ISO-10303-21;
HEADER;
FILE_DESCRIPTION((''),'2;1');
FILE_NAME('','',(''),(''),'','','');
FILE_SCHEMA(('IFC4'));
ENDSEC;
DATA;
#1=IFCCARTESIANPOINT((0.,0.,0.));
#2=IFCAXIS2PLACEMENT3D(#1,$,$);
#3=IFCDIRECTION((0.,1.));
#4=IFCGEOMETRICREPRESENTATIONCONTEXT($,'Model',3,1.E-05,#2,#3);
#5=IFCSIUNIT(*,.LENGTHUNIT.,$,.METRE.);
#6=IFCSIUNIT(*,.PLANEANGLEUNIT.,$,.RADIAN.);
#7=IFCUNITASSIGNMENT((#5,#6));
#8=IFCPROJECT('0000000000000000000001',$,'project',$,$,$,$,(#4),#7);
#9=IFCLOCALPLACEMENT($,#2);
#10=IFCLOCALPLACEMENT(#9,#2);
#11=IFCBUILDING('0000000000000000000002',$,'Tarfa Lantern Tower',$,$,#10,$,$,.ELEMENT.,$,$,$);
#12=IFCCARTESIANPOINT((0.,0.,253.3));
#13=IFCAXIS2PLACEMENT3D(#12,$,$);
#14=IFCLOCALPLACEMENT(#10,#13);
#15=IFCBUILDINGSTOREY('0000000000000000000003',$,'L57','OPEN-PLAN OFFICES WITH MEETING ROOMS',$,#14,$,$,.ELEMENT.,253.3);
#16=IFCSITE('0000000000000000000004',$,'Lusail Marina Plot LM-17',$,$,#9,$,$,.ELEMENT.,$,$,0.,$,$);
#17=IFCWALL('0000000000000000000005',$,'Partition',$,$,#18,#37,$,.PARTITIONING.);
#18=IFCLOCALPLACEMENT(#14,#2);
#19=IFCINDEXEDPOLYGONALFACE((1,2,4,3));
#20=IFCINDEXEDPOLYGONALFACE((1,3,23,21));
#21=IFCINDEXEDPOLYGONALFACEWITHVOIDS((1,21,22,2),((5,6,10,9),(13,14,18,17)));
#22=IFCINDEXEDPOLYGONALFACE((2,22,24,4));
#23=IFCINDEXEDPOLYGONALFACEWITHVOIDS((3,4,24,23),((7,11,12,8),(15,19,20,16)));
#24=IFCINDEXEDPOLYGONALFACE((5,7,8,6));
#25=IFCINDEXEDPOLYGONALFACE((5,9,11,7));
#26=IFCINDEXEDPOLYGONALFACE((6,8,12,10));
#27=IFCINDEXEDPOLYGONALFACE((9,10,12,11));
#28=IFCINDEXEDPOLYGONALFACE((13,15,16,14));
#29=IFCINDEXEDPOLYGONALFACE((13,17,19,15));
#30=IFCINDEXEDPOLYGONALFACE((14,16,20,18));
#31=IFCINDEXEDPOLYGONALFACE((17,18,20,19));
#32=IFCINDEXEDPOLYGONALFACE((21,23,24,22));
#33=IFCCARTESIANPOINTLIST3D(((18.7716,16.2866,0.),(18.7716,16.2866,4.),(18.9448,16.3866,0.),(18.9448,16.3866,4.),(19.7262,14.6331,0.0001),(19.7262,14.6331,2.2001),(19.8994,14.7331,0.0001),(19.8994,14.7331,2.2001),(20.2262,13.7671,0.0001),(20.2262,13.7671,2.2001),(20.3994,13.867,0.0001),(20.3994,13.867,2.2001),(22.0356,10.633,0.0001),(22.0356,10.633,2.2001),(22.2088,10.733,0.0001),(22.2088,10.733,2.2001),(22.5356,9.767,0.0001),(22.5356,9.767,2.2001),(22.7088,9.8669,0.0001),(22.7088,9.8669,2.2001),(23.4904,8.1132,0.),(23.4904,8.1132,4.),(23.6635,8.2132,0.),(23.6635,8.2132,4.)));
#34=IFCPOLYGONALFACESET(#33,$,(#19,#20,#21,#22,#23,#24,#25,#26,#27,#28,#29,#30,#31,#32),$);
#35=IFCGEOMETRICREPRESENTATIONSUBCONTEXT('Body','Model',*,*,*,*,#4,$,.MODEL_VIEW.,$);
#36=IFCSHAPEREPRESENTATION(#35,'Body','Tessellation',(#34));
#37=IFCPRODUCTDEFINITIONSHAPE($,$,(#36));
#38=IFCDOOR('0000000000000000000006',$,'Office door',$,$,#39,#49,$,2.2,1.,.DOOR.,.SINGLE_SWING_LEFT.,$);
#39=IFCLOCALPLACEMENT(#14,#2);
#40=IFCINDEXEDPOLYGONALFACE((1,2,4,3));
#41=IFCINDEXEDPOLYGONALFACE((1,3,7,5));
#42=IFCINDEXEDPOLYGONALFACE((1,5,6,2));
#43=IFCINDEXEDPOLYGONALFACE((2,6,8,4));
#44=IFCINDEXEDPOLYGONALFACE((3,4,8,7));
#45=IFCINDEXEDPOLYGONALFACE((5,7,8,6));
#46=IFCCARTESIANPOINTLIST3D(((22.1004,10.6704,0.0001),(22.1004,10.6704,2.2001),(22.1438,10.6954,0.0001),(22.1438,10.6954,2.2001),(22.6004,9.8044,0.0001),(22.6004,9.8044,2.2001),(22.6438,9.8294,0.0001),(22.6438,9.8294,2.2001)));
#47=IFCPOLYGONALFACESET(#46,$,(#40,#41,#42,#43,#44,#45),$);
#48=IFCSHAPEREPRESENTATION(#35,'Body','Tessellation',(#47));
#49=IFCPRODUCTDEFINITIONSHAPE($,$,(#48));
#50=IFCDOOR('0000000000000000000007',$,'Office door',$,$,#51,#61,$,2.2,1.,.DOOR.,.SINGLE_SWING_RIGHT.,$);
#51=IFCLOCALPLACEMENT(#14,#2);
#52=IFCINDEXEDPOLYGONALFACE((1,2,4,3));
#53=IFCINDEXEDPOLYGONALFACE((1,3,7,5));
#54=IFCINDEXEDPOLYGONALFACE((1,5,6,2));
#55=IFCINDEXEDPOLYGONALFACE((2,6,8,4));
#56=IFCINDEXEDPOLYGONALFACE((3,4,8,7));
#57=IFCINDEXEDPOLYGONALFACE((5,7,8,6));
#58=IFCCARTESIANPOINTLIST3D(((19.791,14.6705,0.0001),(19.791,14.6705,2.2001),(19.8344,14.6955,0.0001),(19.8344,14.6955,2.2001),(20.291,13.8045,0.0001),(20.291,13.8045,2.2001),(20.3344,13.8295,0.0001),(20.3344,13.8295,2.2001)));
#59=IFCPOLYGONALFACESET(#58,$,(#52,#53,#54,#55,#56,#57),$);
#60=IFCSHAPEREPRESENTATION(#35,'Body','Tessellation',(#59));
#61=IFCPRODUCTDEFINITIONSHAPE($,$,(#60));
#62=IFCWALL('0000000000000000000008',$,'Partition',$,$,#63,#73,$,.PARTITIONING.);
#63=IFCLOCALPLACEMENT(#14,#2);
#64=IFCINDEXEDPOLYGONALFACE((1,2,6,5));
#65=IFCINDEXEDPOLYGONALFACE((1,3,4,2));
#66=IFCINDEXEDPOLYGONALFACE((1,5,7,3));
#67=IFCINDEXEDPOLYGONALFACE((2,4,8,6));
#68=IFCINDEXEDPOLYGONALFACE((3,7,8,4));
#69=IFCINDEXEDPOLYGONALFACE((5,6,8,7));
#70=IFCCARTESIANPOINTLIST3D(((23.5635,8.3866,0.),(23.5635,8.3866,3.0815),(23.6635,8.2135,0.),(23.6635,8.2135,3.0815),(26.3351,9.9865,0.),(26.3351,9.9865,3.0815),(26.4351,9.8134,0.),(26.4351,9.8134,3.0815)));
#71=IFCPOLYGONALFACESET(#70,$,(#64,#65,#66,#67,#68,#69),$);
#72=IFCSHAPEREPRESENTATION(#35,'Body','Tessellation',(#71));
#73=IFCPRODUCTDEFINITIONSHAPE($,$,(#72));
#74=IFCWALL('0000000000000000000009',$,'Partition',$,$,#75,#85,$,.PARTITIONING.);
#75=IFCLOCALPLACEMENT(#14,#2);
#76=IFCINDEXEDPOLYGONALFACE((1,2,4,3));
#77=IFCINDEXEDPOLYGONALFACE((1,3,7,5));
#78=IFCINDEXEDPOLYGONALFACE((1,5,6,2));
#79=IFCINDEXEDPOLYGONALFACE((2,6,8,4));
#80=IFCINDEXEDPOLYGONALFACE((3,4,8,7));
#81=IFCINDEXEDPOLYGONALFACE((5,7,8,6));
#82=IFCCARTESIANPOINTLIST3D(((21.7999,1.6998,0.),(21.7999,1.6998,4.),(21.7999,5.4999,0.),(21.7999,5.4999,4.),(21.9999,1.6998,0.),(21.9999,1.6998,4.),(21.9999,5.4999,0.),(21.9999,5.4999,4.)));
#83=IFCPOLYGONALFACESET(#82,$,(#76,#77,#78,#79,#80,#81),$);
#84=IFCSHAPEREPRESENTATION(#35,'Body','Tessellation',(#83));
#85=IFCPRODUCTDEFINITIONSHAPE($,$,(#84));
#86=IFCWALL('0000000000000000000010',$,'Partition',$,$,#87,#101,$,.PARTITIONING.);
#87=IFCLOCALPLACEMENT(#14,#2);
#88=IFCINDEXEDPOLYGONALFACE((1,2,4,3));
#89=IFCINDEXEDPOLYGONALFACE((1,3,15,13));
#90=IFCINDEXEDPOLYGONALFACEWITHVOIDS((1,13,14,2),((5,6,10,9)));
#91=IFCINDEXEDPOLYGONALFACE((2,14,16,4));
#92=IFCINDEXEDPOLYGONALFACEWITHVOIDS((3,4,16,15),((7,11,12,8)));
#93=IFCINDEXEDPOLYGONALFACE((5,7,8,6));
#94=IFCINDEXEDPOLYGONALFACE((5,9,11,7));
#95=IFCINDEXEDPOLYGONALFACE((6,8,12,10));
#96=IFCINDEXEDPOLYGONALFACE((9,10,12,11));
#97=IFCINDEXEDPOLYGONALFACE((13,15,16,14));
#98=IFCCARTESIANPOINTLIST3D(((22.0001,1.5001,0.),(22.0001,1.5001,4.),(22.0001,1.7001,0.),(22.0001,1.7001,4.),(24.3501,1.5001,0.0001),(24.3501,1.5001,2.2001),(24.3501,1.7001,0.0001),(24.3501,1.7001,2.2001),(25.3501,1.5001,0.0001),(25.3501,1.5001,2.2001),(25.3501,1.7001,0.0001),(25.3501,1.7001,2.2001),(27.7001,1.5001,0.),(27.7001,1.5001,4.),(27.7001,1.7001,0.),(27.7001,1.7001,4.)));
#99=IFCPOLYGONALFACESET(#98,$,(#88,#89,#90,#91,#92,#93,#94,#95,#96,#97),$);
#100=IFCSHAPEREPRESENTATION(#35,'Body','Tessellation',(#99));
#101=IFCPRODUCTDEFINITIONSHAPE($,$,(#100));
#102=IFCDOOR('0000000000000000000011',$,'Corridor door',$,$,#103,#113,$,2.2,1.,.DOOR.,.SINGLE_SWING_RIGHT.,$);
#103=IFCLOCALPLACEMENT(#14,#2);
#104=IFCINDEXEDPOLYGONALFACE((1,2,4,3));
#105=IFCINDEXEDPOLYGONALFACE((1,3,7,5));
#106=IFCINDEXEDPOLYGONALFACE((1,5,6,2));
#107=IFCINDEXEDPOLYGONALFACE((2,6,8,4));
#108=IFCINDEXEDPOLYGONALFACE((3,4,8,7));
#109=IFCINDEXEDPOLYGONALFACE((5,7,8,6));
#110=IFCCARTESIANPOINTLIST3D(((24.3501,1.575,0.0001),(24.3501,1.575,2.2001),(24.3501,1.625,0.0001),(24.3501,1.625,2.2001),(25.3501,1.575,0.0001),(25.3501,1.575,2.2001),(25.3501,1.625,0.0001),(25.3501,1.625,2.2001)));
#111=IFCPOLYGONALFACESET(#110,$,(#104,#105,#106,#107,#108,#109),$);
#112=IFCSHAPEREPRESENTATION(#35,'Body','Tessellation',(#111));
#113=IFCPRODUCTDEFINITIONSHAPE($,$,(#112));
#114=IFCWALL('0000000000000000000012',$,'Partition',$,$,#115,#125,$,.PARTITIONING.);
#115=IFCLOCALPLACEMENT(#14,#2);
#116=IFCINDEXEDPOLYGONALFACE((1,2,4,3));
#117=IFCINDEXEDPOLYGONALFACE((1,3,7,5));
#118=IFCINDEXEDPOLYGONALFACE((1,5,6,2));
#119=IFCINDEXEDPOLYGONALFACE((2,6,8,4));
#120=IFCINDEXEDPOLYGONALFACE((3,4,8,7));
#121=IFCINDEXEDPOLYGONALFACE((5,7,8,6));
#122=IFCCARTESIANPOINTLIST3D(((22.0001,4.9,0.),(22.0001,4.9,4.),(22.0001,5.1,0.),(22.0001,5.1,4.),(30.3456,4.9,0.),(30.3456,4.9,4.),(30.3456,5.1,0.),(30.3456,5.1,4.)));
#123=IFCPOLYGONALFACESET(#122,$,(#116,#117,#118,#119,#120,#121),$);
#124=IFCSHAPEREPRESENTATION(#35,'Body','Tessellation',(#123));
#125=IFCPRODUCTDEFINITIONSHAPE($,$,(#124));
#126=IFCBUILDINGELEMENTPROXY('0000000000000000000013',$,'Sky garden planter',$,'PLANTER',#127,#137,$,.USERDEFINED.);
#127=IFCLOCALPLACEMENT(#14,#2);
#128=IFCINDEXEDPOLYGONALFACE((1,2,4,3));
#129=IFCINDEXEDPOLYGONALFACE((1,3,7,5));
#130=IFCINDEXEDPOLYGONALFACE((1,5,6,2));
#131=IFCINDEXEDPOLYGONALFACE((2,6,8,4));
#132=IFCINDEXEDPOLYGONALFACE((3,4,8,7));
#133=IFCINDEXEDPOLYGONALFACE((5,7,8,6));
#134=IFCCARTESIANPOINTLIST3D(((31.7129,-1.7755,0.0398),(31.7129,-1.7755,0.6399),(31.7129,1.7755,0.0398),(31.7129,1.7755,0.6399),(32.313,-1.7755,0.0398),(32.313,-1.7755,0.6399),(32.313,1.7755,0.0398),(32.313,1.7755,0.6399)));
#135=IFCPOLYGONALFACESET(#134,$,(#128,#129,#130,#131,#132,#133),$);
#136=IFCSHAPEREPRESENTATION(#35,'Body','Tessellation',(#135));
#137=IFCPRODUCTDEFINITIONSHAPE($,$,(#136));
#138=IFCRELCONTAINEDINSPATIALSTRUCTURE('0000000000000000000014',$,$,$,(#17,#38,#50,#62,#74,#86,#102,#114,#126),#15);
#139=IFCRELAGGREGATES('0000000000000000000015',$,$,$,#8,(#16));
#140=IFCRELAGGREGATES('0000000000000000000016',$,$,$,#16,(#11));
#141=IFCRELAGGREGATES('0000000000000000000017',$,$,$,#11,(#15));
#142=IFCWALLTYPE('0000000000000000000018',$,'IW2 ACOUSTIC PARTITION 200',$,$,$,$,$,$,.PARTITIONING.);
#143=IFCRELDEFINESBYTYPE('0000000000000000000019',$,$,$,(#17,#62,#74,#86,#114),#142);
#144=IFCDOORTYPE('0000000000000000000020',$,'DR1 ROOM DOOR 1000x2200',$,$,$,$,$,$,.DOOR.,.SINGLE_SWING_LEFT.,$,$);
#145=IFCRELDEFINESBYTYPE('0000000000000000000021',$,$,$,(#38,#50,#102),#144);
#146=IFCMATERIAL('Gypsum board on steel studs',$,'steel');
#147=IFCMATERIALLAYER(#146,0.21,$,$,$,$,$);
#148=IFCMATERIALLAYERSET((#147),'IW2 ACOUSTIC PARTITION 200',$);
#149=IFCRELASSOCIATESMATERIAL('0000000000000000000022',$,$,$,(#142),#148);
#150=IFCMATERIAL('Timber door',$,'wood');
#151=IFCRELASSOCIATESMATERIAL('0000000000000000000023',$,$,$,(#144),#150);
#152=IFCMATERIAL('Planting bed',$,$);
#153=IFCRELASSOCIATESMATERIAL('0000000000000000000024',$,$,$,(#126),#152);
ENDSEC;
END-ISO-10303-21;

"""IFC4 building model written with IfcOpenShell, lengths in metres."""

from ifc_helpers import new_model, si_unit, direction, frame, frame_2d, origin, origin_2d, place, context, subcontext, project, spatial, rectangle, extrude, material, layer, layer_set, type_object, element, fill, save


model = new_model("IFC4")

# Units and contexts
model_context = context("Model", 3, precision=1e-05, world=origin(), true_north=direction((0.0, 1.0)))
body_context = subcontext(model_context, "Body", "Model", "MODEL_VIEW")
ifc_project = project(units=[si_unit("LENGTHUNIT", "METRE"), si_unit("PLANEANGLEUNIT", "RADIAN")], contexts=[model_context])

# Site, building, storey
site_placement = place(None, origin())
site = spatial("IfcSite", under=ifc_project, at=site_placement, Name="Lusail Marina Plot LM-17", CompositionType="ELEMENT", RefElevation=0.0)
building_placement = place(site_placement, origin())
building = spatial("IfcBuilding", under=site, at=building_placement, Name="Tarfa Lantern Tower", CompositionType="ELEMENT")
storey_placement = place(building_placement, frame((0.0, 0.0, 253.3)))
storey = spatial("IfcBuildingStorey", under=building, at=storey_placement, Name="L57", Description="OPEN-PLAN OFFICES WITH MEETING ROOMS", CompositionType="ELEMENT", Elevation=253.3)

# Wall, openings, doors
ifc_material_1 = material(Name="Gypsum board on steel studs", Category="steel")
ifc_layer_1 = layer(ifc_material_1, 0.21)
ifc_layer_set_1 = layer_set([ifc_layer_1], Name="IW2 ACOUSTIC PARTITION 200")
wall_type = type_object("IfcWallType", Name="IW2 ACOUSTIC PARTITION 200", PredefinedType="PARTITIONING", material=ifc_layer_set_1)
wall_1_placement = place(storey_placement, frame((23.5769, 8.1633, 0.0), z_axis=(0.0, 0.0, 1.0), x_axis=(-0.49999, 0.866031, 0.0)))
wall_1 = element("IfcWall", 1, at=wall_1_placement, inside=storey, type_object=wall_type, Name="Partition", PredefinedType="PARTITIONING", context=body_context, shape_type="SweptSolid", body=[
    extrude(rectangle(XDim=9.4377, YDim=0.2, at=frame_2d((4.7188, 0.0))), origin(), (0.0, 0.0, 1.0), 4.0),
])
opening_1_placement = place(wall_1_placement, frame((1.9094, 0.0, 0.0)))
opening_1 = element("IfcOpeningElement", 2, at=opening_1_placement, cuts=wall_1, PredefinedType="OPENING", context=body_context, shape_type="SweptSolid", body=[
    extrude(rectangle(XDim=1.0, YDim=2.2, at=frame_2d((0.5, 1.1001))), frame((0.0, 0.1099, 0.0), z_axis=(0.0, -1.0, 0.0), x_axis=(1.0, 0.0, 0.0)), (0.0, 0.0, 1.0), 0.22),
])
opening_2_placement = place(wall_1_placement, frame((6.5283, 0.0, 0.0)))
opening_2 = element("IfcOpeningElement", 3, at=opening_2_placement, cuts=wall_1, PredefinedType="OPENING", context=body_context, shape_type="SweptSolid", body=[
    extrude(rectangle(XDim=1.0, YDim=2.2, at=frame_2d((0.5, 1.1001))), frame((0.0, 0.1099, 0.0), z_axis=(0.0, -1.0, 0.0), x_axis=(1.0, 0.0, 0.0)), (0.0, 0.0, 1.0), 0.22),
])
ifc_material_2 = material(Name="Timber door", Category="wood")
door_type = type_object("IfcDoorType", Name="DR1 ROOM DOOR 1000x2200", OperationType="SINGLE_SWING_LEFT", PredefinedType="DOOR", material=ifc_material_2)
door_1_placement = place(opening_1_placement, frame((1.0, 0.0, 0.0), z_axis=(0.0, 0.0, 1.0), x_axis=(-1.0, 0.0, 0.0)))
door_1 = element("IfcDoor", 4, at=door_1_placement, inside=storey, type_object=door_type, Name="Office door", OperationType="SINGLE_SWING_LEFT", OverallHeight=2.2, OverallWidth=1.0, PredefinedType="DOOR", context=body_context, shape_type="SweptSolid", body=[
    extrude(rectangle(XDim=1.0, YDim=2.2, at=frame_2d((0.5, 1.1001))), frame((0.0, 0.0249, 0.0), z_axis=(0.0, -1.0, 0.0), x_axis=(1.0, 0.0, 0.0)), (0.0, 0.0, 1.0), 0.05),
])
fill(opening_1, door_1)
door_2_placement = place(opening_2_placement, frame((1.0, 0.0, 0.0), z_axis=(0.0, 0.0, 1.0), x_axis=(-1.0, 0.0, 0.0)))
door_2 = element("IfcDoor", 5, at=door_2_placement, inside=storey, type_object=door_type, Name="Office door", OperationType="SINGLE_SWING_RIGHT", OverallHeight=2.2, OverallWidth=1.0, PredefinedType="DOOR", context=body_context, shape_type="SweptSolid", body=[
    extrude(rectangle(XDim=1.0, YDim=2.2, at=frame_2d((0.5, 1.1001))), frame((0.0, 0.0249, 0.0), z_axis=(0.0, -1.0, 0.0), x_axis=(1.0, 0.0, 0.0)), (0.0, 0.0, 1.0), 0.05),
])
fill(opening_2, door_2)

# Walls
wall_2_placement = place(storey_placement, frame((23.6135, 8.3, 0.0), z_axis=(0.0, 0.0, 1.0), x_axis=(0.866061, 0.499938, 0.0)))
element("IfcWall", 6, at=wall_2_placement, inside=storey, type_object=wall_type, Name="Partition", PredefinedType="PARTITIONING", context=body_context, shape_type="SweptSolid", body=[
    extrude(rectangle(XDim=3.2002, YDim=0.2, at=frame_2d((1.6001, 0.0))), origin(), (0.0, 0.0, 1.0), 3.0815),
])
wall_3_placement = place(storey_placement, frame((21.8999, 1.7, 0.0), z_axis=(0.0, 0.0, 1.0), x_axis=(0.0, 1.0, 0.0)))
element("IfcWall", 7, at=wall_3_placement, inside=storey, type_object=wall_type, Name="Partition", PredefinedType="PARTITIONING", context=body_context, shape_type="SweptSolid", body=[
    extrude(rectangle(XDim=3.8, YDim=0.2, at=frame_2d((1.8999, 0.0))), origin(), (0.0, 0.0, 1.0), 4.0),
])

# Wall, opening, door
wall_4_placement = place(storey_placement, frame((22.0, 1.6001, 0.0), z_axis=(0.0, 0.0, 1.0), x_axis=(1.0, 0.0, 0.0)))
wall_4 = element("IfcWall", 8, at=wall_4_placement, inside=storey, type_object=wall_type, Name="Partition", PredefinedType="PARTITIONING", context=body_context, shape_type="SweptSolid", body=[
    extrude(rectangle(XDim=5.7, YDim=0.2, at=frame_2d((2.8501, 0.0))), origin(), (0.0, 0.0, 1.0), 4.0),
])
opening_3_placement = place(wall_4_placement, frame((2.3501, 0.0, 0.0)))
opening_3 = element("IfcOpeningElement", 9, at=opening_3_placement, cuts=wall_4, PredefinedType="OPENING", context=body_context, shape_type="SweptSolid", body=[
    extrude(rectangle(XDim=1.0, YDim=2.2, at=frame_2d((0.5, 1.1001))), frame((0.0, 0.1099, 0.0), z_axis=(0.0, -1.0, 0.0), x_axis=(1.0, 0.0, 0.0)), (0.0, 0.0, 1.0), 0.22),
])
door_3_placement = place(opening_3_placement, origin())
door_3 = element("IfcDoor", 10, at=door_3_placement, inside=storey, type_object=door_type, Name="Corridor door", OperationType="SINGLE_SWING_RIGHT", OverallHeight=2.2, OverallWidth=1.0, PredefinedType="DOOR", context=body_context, shape_type="SweptSolid", body=[
    extrude(rectangle(XDim=1.0, YDim=2.2, at=frame_2d((0.5, 1.1001))), frame((0.0, 0.0249, 0.0), z_axis=(0.0, -1.0, 0.0), x_axis=(1.0, 0.0, 0.0)), (0.0, 0.0, 1.0), 0.05),
])
fill(opening_3, door_3)

# Wall
wall_5_placement = place(storey_placement, frame((22.0, 5.0, 0.0), z_axis=(0.0, 0.0, 1.0), x_axis=(1.0, 0.0, 0.0)))
element("IfcWall", 11, at=wall_5_placement, inside=storey, type_object=wall_type, Name="Partition", PredefinedType="PARTITIONING", context=body_context, shape_type="SweptSolid", body=[
    extrude(rectangle(XDim=8.3455, YDim=0.2, at=frame_2d((4.1729, 0.0))), origin(), (0.0, 0.0, 1.0), 4.0),
])

# Building element proxy
ifc_material_3 = material(Name="Planting bed")
proxy_placement = place(storey_placement, frame((32.0129, 0.0, 0.0398), z_axis=(0.0, 0.0, 1.0), x_axis=(0.0, 1.0, 0.0)))
element("IfcBuildingElementProxy", 12, at=proxy_placement, inside=storey, material=ifc_material_3, Name="Sky garden planter", ObjectType="PLANTER", PredefinedType="USERDEFINED", context=body_context, shape_type="SweptSolid", body=[
    extrude(rectangle(XDim=3.551, YDim=0.6001, at=origin_2d()), origin(), (0.0, 0.0, 1.0), 0.6001),
])

save(model, "model.ifc")
